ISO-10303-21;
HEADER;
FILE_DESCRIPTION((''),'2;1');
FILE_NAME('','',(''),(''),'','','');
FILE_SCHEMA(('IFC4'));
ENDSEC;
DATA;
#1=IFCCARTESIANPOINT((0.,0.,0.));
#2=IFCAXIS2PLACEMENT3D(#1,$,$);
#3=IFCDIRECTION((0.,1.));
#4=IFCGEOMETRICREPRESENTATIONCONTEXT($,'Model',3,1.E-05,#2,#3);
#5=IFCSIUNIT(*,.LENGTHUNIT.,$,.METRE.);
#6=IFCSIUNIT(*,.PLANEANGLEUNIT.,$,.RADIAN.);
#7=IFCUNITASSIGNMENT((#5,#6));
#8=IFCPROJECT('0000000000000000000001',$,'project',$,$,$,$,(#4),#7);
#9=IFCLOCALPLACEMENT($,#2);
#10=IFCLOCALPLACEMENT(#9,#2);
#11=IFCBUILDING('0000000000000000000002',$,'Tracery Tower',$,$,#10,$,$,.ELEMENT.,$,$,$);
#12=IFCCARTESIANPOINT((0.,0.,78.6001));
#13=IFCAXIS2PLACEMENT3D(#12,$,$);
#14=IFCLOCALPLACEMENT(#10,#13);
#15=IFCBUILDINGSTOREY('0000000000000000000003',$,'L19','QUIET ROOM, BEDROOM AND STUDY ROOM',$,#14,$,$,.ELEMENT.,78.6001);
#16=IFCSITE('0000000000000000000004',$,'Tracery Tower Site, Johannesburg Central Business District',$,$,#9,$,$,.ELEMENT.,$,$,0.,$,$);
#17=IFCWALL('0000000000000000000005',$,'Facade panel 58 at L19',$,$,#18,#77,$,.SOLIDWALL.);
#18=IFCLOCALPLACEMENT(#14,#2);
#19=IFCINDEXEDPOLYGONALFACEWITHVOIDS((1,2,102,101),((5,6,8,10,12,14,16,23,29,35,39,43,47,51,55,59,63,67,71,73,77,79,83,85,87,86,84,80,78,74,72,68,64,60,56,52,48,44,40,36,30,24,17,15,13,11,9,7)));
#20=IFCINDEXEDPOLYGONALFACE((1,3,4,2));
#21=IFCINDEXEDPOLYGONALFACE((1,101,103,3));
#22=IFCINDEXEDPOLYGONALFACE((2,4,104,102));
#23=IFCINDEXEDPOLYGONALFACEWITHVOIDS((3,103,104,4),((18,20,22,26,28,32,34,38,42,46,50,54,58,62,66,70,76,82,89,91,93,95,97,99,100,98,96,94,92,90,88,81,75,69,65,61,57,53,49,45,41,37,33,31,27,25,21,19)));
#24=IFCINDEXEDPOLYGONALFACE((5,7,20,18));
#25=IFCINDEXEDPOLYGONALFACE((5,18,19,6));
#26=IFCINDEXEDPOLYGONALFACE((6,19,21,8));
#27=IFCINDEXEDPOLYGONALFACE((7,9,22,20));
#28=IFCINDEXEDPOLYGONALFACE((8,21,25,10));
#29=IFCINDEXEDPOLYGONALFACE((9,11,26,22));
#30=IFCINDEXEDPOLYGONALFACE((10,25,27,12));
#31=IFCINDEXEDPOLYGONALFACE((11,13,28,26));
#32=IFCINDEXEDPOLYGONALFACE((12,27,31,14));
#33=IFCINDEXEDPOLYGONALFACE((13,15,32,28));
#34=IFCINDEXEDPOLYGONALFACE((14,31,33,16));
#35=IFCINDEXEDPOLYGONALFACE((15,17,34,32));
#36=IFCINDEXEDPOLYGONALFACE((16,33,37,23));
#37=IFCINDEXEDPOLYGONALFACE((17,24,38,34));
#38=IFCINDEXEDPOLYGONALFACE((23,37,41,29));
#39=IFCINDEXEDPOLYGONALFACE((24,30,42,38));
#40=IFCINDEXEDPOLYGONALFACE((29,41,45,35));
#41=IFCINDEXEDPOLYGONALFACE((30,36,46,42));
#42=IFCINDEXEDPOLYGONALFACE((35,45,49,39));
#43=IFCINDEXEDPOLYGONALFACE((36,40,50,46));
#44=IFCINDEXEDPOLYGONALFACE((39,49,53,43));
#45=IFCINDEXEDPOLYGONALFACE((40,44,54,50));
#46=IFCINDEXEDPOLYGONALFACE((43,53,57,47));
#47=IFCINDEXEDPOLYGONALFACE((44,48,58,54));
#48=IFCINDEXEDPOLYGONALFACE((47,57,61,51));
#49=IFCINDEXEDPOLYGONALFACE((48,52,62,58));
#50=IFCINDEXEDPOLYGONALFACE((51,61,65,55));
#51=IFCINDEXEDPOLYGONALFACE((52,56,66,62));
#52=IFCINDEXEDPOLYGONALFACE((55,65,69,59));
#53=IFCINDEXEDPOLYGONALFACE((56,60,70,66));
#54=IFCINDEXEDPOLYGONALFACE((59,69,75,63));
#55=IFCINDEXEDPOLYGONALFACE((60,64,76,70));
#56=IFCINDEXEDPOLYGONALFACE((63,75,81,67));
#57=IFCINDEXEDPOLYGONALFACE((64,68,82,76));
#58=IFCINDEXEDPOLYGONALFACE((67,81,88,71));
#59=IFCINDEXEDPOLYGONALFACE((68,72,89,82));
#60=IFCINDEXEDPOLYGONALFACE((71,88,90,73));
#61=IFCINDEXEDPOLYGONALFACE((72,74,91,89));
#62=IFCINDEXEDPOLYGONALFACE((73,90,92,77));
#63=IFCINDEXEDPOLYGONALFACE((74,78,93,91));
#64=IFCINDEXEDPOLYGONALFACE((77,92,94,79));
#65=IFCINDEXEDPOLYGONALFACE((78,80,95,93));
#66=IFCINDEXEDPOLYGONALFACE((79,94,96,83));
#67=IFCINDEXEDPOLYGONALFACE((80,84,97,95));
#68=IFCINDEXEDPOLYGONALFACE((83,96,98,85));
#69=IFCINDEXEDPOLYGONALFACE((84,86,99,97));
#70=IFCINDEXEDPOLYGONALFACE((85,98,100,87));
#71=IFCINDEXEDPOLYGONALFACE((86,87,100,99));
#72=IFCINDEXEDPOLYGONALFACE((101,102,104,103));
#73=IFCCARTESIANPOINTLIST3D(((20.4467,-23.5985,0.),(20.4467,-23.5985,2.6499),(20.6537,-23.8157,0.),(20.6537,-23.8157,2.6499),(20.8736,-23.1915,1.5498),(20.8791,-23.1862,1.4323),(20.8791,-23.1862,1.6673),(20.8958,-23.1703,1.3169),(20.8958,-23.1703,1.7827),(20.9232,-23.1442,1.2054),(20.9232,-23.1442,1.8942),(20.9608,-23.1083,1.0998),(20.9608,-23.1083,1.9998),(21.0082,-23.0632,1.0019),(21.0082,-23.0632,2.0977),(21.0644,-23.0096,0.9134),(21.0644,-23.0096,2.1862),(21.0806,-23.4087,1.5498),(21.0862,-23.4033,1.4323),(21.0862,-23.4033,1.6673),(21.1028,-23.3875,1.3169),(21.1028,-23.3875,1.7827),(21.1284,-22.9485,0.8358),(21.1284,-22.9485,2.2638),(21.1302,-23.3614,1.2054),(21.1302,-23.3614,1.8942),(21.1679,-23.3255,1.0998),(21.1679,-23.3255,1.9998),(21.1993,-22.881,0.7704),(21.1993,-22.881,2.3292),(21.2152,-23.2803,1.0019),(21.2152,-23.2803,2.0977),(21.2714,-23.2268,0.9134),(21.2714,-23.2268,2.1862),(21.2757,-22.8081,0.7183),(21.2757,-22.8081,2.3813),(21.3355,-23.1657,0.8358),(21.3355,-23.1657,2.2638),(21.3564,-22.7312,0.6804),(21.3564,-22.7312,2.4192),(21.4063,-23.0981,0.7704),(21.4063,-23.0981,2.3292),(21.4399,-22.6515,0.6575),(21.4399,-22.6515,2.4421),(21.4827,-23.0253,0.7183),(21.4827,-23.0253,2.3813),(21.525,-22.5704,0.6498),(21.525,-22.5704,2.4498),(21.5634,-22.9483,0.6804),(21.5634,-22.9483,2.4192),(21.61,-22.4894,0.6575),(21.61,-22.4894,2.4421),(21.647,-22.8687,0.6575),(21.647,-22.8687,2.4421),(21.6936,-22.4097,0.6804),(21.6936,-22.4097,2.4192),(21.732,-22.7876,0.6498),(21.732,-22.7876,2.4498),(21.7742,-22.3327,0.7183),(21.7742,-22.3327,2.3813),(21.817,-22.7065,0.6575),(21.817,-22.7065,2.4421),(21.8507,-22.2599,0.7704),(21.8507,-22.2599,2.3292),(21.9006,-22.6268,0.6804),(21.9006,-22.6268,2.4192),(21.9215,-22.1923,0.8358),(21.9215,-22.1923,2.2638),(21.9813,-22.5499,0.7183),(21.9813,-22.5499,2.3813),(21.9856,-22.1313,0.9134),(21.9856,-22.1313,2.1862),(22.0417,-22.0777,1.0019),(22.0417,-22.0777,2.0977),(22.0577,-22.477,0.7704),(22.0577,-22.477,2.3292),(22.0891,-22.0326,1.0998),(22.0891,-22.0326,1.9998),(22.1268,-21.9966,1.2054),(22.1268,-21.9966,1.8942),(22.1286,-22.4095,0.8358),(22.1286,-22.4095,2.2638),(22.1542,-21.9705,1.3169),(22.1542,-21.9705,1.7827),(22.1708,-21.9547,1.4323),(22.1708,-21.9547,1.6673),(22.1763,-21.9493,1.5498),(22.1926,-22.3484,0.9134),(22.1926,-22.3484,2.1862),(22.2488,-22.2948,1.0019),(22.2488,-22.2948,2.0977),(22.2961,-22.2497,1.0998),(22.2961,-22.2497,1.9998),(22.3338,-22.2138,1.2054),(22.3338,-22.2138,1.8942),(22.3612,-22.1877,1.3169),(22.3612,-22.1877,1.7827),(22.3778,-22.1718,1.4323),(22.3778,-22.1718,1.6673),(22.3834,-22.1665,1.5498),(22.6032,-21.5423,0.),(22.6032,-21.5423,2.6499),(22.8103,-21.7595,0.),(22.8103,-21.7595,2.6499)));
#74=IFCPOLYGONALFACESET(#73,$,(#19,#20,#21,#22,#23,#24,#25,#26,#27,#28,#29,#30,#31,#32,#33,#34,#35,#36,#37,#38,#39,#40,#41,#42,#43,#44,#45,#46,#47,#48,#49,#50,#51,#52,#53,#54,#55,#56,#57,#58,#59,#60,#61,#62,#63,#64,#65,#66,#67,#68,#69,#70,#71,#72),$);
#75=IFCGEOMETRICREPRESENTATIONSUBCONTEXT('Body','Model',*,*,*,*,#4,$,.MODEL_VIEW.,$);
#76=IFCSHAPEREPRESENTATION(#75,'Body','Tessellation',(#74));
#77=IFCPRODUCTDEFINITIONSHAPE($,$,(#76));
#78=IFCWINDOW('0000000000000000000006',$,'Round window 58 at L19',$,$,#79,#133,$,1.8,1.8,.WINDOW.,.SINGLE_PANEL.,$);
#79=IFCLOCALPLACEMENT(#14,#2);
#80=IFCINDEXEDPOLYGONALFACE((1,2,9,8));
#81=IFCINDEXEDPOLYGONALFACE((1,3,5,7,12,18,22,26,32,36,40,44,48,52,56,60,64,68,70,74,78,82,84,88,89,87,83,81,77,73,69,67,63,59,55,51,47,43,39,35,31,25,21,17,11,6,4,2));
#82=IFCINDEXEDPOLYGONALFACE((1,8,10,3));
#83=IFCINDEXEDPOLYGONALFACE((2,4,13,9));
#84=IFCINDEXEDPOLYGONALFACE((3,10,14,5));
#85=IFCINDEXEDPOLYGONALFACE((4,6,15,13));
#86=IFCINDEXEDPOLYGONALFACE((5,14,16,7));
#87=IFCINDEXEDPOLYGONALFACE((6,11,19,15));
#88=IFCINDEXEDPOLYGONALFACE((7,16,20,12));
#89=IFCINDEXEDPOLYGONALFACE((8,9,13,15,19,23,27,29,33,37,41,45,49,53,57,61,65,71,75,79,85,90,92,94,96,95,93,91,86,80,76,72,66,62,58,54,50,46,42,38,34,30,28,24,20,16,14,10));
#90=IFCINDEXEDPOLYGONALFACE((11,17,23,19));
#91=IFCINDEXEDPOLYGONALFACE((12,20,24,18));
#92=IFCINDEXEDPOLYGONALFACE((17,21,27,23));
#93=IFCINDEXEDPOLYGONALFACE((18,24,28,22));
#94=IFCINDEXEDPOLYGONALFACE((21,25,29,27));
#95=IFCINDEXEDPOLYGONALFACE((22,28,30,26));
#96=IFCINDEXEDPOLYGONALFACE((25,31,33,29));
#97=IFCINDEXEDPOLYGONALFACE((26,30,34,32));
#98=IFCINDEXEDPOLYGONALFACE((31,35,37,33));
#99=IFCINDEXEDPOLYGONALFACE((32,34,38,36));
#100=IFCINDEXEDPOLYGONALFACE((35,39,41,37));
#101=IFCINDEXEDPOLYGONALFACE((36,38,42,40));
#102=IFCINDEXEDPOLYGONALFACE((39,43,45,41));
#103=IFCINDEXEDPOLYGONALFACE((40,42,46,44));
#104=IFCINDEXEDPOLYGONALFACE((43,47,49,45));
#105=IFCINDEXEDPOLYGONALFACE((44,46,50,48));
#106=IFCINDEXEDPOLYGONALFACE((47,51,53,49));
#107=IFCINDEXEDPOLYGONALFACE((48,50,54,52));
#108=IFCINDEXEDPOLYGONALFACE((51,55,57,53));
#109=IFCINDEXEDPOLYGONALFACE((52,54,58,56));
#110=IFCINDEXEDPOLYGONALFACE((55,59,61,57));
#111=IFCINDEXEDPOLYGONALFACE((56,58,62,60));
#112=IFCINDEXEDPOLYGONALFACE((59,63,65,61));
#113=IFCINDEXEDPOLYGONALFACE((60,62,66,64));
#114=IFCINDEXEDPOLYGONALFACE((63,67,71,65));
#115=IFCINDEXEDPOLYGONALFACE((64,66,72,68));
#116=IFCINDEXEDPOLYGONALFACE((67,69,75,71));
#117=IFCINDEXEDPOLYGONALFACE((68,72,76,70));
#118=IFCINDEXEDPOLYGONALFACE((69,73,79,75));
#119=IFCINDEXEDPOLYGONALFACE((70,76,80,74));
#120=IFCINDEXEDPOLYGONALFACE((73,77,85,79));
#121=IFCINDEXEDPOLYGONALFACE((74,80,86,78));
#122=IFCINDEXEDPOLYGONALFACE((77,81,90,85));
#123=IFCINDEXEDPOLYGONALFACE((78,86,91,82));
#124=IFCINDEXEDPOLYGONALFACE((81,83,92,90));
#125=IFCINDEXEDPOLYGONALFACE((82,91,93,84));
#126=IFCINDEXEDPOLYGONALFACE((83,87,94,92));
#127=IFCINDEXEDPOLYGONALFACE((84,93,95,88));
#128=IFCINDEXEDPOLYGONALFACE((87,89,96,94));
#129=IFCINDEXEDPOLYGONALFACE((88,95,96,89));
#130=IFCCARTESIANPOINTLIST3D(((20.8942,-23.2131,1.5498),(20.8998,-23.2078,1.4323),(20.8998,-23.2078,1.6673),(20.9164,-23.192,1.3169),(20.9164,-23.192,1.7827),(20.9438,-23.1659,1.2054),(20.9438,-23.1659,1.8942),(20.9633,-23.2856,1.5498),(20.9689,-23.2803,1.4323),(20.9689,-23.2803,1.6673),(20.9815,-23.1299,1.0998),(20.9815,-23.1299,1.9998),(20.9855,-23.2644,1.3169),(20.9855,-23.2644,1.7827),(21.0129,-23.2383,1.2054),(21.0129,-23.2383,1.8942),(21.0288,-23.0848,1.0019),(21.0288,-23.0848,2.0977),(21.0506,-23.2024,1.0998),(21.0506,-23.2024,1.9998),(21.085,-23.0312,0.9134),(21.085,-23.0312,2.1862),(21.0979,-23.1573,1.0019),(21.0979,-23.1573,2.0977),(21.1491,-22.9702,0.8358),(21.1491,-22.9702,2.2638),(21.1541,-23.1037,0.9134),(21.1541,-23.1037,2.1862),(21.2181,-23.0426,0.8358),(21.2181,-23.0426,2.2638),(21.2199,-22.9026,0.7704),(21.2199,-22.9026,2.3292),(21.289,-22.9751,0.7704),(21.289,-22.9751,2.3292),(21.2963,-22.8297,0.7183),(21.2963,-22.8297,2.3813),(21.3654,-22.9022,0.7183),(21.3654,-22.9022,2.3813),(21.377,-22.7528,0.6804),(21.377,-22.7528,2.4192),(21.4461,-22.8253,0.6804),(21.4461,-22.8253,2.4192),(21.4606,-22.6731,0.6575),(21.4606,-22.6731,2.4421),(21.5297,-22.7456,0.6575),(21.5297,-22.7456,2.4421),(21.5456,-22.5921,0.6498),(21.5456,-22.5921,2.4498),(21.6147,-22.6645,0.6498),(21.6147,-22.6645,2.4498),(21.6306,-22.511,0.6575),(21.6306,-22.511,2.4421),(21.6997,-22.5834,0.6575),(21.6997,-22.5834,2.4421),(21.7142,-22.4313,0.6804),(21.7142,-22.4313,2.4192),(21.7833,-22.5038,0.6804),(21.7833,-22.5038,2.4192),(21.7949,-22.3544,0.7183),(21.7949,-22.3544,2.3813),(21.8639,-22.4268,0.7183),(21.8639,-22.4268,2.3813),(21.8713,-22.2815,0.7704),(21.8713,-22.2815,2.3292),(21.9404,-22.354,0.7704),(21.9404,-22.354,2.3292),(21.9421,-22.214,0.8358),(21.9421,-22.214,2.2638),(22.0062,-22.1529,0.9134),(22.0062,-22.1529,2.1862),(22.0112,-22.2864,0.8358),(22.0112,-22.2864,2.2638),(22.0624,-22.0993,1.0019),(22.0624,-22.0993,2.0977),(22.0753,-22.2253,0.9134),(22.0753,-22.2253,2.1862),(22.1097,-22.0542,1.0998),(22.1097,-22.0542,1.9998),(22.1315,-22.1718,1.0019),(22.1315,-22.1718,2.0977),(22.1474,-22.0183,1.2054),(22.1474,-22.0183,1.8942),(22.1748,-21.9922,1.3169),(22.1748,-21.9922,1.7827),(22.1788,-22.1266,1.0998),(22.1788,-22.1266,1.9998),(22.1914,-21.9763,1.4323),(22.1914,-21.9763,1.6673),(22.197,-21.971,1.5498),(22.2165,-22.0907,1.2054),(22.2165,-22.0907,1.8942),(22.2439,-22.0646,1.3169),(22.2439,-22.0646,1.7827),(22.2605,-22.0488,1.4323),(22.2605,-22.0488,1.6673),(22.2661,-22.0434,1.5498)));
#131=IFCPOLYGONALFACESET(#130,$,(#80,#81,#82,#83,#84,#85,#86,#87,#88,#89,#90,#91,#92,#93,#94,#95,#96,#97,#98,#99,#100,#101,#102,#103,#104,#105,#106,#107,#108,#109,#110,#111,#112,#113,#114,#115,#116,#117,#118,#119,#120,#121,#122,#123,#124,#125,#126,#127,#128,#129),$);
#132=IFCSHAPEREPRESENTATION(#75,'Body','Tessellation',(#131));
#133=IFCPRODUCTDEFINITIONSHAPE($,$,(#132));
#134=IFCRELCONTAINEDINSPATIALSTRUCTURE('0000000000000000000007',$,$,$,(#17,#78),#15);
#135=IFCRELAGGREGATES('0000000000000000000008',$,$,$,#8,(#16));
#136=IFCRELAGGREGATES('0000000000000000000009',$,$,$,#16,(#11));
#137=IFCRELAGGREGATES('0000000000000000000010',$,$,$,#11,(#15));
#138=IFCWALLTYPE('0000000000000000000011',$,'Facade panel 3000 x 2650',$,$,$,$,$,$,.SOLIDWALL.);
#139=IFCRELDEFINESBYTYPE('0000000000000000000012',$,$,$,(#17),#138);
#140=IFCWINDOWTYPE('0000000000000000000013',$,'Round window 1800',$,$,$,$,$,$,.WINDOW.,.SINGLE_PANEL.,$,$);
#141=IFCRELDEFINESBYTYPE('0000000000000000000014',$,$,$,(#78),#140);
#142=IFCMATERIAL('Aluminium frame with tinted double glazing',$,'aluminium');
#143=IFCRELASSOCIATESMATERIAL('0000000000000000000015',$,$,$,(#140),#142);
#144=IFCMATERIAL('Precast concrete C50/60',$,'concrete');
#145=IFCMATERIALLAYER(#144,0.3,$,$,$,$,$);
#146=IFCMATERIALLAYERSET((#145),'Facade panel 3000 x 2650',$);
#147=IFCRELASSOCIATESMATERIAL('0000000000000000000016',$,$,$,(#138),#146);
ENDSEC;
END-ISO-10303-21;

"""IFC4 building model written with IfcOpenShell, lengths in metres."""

from ifc_helpers import new_model, si_unit, direction, frame, frame_2d, origin, origin_2d, place, context, subcontext, project, spatial, rectangle, circle, extrude, material, layer, layer_set, type_object, element, fill, save


model = new_model("IFC4")

# Units and contexts
model_context = context("Model", 3, precision=1e-05, world=origin(), true_north=direction((0.0, 1.0)))
body_context = subcontext(model_context, "Body", "Model", "MODEL_VIEW")
ifc_project = project(units=[si_unit("LENGTHUNIT", "METRE"), si_unit("PLANEANGLEUNIT", "RADIAN")], contexts=[model_context])

# Site, building, storey
site_placement = place(None, origin())
site = spatial("IfcSite", under=ifc_project, at=site_placement, Name="Tracery Tower Site, Johannesburg Central Business District", CompositionType="ELEMENT", RefElevation=0.0)
building_placement = place(site_placement, origin())
building = spatial("IfcBuilding", under=site, at=building_placement, Name="Tracery Tower", CompositionType="ELEMENT")
storey_placement = place(building_placement, frame((0.0, 0.0, 78.6001)))
storey = spatial("IfcBuildingStorey", under=building, at=storey_placement, Name="L19", Description="QUIET ROOM, BEDROOM AND STUDY ROOM", CompositionType="ELEMENT", Elevation=78.6001)

# Wall, opening, window
ifc_material_1 = material(Name="Aluminium frame with tinted double glazing", Category="aluminium")
window_type = type_object("IfcWindowType", Name="Round window 1800", PartitioningType="SINGLE_PANEL", PredefinedType="WINDOW", material=ifc_material_1)
ifc_material_2 = material(Name="Precast concrete C50/60", Category="concrete")
ifc_layer_1 = layer(ifc_material_2, 0.3)
ifc_layer_set_1 = layer_set([ifc_layer_1], Name="Facade panel 3000 x 2650")
wall_type_1 = type_object("IfcWallType", Name="Facade panel 3000 x 2650", PredefinedType="SOLIDWALL", material=ifc_layer_set_1)
wall_1_placement = place(storey_placement, frame((20.5503, -23.707, 0.0), z_axis=(0.0, 0.0, 1.0), x_axis=(0.723744, 0.690068, 0.0)))
wall_1 = element("IfcWall", 1, at=wall_1_placement, inside=storey, type_object=wall_type_1, Name="Facade panel 58 at L19", PredefinedType="SOLIDWALL", context=body_context, shape_type="SweptSolid", body=[
    extrude(rectangle(XDim=2.9797, YDim=0.3, at=frame_2d((1.4897, 0.0))), origin(), (0.0, 0.0, 1.0), 2.6499),
])
opening_1_placement = place(wall_1_placement, frame((1.4897, 0.0, 1.5498)))
opening_1 = element("IfcOpeningElement", 2, at=opening_1_placement, cuts=wall_1, PredefinedType="OPENING", context=body_context, shape_type="SweptSolid", body=[
    extrude(circle(Radius=0.9, at=origin_2d()), frame((0.0, 0.1599, 0.0), z_axis=(0.0, -1.0, 0.0), x_axis=(1.0, 0.0, 0.0)), (0.0, 0.0, 1.0), 0.3201),
])
window_1_placement = place(opening_1_placement, origin())
window_1 = element("IfcWindow", 3, at=window_1_placement, inside=storey, type_object=window_type, Name="Round window 58 at L19", OverallHeight=1.8, OverallWidth=1.8, PartitioningType="SINGLE_PANEL", PredefinedType="WINDOW", context=body_context, shape_type="SweptSolid", body=[
    extrude(circle(Radius=0.9, at=origin_2d()), frame((0.0, 0.1201, 0.0), z_axis=(0.0, -1.0, 0.0), x_axis=(1.0, 0.0, 0.0)), (0.0, 0.0, 1.0), 0.1001),
])
fill(opening_1, window_1)

save(model, "model.ifc")
